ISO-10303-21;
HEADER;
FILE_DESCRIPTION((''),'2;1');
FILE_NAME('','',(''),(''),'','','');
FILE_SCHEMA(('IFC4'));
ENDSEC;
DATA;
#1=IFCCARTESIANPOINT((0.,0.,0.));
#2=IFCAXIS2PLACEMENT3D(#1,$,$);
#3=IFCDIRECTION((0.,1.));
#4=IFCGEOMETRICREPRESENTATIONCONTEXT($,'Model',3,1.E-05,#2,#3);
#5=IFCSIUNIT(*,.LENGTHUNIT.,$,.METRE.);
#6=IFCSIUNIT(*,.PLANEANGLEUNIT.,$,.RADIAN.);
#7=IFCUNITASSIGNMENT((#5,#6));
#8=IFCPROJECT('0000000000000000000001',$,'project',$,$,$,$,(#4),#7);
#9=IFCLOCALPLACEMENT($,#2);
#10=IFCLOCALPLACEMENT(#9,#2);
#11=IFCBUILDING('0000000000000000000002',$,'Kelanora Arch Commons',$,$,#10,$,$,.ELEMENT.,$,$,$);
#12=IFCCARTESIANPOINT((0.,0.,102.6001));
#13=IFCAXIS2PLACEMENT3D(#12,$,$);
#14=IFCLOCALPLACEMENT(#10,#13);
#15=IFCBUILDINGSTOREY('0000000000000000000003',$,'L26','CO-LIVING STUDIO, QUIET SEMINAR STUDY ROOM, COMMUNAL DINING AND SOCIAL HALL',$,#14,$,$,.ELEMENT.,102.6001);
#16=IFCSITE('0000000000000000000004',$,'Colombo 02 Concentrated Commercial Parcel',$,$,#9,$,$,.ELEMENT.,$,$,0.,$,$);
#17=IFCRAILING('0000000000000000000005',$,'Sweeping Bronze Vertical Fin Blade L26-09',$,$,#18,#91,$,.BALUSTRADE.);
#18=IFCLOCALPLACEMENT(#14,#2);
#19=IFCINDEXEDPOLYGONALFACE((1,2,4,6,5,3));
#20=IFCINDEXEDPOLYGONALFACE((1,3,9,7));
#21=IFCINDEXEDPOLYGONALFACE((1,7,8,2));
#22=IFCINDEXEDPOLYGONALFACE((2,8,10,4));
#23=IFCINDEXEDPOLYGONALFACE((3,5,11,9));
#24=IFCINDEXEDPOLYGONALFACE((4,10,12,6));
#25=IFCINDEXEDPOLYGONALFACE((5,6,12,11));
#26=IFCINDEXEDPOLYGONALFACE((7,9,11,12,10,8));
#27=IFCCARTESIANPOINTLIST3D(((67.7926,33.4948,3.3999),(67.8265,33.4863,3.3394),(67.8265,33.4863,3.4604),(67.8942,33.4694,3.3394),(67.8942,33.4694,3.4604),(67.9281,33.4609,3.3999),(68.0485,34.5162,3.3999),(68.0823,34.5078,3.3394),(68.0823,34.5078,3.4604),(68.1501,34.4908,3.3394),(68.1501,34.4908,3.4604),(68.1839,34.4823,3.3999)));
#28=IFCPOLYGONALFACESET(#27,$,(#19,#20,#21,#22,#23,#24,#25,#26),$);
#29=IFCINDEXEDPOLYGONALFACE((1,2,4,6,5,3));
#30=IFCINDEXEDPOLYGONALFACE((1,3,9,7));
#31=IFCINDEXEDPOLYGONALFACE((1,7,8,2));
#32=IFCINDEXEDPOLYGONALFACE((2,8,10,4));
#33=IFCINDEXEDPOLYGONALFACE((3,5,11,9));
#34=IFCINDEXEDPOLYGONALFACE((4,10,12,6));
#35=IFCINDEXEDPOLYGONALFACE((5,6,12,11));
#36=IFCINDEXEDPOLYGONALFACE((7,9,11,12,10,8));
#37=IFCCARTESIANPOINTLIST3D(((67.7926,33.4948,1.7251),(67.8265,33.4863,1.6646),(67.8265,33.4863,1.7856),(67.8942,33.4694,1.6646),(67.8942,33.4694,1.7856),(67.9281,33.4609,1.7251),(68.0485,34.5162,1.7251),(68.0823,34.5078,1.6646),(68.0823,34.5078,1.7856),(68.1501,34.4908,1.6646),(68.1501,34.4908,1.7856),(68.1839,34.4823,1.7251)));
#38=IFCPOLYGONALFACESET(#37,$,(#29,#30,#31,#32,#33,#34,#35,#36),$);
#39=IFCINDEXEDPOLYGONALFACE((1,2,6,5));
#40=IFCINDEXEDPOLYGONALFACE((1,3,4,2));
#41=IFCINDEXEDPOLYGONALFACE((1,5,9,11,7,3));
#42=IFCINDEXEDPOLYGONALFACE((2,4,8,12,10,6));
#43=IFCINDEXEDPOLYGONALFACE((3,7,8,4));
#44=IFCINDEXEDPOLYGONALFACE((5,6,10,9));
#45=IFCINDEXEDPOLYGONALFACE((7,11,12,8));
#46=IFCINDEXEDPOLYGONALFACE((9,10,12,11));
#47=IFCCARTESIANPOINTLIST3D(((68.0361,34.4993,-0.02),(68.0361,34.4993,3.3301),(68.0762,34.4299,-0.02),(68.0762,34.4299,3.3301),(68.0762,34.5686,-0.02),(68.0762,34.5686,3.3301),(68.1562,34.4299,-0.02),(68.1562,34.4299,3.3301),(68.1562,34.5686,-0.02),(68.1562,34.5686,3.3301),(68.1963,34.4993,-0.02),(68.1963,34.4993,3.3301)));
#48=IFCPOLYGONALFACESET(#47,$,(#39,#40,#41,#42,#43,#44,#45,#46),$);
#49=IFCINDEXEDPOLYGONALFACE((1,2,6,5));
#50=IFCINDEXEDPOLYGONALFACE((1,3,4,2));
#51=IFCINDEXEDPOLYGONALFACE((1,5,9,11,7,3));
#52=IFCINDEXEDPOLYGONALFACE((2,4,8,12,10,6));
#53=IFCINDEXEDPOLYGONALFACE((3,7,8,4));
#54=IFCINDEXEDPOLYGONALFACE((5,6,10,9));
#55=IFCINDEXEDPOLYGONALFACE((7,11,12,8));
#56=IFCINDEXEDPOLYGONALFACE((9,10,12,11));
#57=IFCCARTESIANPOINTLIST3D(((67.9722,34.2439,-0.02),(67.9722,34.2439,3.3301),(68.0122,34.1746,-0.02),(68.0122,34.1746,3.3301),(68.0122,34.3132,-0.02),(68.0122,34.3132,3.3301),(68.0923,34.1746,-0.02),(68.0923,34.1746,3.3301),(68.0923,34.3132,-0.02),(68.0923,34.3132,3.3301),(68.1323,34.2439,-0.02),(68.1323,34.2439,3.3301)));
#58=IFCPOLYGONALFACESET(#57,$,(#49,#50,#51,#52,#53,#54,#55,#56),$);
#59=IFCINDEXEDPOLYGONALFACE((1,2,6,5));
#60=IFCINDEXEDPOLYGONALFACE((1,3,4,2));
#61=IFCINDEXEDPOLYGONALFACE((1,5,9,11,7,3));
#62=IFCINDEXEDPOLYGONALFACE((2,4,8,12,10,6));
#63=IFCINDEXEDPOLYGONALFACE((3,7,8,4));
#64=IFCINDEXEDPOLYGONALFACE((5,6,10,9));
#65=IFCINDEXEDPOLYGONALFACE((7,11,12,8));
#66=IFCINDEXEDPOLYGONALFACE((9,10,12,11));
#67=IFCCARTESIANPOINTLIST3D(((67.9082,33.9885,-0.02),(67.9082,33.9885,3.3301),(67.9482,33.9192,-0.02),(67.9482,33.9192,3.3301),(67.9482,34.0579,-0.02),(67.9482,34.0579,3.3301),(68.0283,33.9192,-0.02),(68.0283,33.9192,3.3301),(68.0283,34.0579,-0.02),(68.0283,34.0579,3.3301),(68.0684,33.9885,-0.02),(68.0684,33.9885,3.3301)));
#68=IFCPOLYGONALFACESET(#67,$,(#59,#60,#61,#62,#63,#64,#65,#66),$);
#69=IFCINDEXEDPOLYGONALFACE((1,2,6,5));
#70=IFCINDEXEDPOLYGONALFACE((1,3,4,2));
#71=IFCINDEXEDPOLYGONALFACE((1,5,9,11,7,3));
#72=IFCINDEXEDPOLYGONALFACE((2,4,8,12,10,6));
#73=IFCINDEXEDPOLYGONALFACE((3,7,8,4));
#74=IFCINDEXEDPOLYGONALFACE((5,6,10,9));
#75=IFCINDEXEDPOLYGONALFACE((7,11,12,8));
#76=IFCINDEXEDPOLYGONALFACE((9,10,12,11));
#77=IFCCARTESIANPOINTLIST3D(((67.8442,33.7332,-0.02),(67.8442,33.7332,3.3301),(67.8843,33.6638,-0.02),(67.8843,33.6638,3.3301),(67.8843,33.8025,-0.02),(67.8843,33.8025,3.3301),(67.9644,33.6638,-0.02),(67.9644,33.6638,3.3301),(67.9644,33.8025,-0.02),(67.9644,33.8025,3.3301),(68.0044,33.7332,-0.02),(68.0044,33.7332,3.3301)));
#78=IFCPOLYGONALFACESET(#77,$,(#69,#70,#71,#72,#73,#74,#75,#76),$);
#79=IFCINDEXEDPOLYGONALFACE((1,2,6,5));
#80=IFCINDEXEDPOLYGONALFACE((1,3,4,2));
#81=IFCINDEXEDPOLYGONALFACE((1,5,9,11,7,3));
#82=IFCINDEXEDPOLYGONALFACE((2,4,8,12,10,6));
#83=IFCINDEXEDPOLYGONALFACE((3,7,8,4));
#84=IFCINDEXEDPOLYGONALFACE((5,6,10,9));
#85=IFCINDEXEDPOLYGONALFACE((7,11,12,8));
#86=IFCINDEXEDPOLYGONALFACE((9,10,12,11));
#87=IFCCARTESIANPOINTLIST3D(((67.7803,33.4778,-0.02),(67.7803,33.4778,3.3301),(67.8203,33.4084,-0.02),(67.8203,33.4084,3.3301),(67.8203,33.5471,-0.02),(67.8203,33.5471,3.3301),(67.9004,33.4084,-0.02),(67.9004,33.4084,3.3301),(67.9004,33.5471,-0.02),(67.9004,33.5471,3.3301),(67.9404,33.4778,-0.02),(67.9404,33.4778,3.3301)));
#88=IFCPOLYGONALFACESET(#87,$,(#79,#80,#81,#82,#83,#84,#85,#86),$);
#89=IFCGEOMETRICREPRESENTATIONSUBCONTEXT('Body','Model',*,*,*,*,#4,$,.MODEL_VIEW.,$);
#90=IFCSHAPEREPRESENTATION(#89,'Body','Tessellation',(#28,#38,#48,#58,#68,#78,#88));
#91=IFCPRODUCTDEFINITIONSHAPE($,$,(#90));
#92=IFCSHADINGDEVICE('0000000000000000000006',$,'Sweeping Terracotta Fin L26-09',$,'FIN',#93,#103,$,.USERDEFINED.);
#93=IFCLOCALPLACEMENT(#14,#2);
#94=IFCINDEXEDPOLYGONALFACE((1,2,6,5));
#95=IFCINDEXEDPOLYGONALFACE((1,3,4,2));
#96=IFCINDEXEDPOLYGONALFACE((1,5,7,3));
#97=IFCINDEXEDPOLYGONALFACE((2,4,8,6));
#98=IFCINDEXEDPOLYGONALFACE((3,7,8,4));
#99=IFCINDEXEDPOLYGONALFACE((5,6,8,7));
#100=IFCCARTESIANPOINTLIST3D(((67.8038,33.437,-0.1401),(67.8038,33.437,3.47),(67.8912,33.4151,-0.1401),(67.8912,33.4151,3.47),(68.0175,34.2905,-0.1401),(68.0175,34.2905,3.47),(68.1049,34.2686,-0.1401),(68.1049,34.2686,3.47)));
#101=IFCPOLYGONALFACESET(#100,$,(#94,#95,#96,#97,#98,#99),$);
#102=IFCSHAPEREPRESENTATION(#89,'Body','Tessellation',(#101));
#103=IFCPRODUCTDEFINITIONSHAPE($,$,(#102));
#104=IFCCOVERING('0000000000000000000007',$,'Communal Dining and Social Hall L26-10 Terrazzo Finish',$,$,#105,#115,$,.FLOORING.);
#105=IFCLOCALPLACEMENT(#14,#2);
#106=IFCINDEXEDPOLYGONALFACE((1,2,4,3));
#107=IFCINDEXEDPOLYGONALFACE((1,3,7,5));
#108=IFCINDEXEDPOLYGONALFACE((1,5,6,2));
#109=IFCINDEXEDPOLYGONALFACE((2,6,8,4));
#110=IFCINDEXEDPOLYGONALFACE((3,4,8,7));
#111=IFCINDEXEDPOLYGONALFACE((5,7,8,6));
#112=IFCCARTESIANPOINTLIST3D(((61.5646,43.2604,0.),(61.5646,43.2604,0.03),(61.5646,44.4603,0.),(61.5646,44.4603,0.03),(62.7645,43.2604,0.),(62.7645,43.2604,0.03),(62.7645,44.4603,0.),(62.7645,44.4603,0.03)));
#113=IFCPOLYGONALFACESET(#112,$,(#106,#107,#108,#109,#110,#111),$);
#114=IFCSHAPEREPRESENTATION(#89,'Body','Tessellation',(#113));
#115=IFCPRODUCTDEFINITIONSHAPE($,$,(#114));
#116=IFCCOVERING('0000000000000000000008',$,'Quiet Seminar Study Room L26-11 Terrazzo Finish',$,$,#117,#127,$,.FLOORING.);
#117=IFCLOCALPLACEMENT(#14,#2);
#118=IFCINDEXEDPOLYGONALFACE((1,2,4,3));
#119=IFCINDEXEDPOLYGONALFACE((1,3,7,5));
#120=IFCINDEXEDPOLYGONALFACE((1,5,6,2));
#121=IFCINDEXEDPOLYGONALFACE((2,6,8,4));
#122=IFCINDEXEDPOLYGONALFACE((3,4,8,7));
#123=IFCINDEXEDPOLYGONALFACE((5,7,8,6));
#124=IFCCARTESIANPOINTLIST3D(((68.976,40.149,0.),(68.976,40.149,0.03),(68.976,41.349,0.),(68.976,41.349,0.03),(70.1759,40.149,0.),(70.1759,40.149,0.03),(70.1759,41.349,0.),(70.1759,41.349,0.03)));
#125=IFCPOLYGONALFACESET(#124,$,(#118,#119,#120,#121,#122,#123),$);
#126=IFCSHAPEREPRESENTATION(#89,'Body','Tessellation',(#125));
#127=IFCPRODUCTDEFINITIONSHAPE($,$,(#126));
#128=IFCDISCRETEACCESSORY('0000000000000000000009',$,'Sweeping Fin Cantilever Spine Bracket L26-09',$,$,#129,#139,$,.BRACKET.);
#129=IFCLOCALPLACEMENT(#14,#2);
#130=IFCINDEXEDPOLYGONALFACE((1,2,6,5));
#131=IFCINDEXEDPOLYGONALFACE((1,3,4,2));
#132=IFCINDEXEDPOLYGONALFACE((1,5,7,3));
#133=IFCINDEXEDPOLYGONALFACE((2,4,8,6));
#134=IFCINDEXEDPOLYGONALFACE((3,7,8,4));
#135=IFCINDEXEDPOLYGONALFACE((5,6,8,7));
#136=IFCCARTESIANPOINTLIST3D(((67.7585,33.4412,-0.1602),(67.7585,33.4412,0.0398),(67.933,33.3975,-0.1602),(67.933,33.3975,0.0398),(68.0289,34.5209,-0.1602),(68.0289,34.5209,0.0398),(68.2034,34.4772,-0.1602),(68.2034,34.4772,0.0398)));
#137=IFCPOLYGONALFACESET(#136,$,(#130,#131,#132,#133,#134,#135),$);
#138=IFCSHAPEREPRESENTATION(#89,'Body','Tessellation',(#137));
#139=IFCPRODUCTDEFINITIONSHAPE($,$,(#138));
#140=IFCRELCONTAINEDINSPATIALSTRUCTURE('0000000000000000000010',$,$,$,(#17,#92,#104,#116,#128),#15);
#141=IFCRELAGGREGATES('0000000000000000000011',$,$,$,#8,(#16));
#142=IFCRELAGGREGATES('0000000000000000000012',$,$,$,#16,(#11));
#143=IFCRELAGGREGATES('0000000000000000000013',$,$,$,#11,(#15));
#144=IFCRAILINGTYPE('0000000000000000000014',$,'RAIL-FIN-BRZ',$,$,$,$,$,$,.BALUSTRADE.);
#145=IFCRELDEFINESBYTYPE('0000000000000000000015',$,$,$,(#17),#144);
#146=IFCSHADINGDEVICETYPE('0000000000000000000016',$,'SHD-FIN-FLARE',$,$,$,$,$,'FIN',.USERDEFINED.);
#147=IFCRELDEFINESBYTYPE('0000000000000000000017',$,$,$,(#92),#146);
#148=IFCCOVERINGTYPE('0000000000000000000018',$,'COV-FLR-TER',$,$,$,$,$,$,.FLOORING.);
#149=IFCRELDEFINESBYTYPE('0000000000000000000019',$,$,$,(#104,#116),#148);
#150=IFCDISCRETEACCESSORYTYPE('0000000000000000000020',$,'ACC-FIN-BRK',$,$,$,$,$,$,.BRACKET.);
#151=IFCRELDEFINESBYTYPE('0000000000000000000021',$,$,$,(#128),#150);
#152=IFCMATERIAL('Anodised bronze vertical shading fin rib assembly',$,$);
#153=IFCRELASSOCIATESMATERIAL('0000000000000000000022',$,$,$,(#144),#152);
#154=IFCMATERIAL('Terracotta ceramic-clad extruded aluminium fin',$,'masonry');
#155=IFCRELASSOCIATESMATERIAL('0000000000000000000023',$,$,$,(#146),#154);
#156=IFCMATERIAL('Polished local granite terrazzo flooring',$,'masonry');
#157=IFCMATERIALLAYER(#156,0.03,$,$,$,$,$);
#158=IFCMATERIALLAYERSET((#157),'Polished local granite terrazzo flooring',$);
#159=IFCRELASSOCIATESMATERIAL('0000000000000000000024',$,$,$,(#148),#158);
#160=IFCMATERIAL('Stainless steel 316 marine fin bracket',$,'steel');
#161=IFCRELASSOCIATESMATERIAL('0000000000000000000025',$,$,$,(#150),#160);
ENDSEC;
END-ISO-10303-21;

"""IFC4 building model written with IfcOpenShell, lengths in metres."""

from ifc_helpers import new_model, si_unit, direction, frame, origin, origin_2d, place, context, subcontext, project, spatial, polyline, rectangle, outline, extrude, source, transform, mapped, material, layer, layer_set, type_object, element, save


model = new_model("IFC4")

# Units and contexts
model_context = context("Model", 3, precision=1e-05, world=origin(), true_north=direction((0.0, 1.0)))
body_context = subcontext(model_context, "Body", "Model", "MODEL_VIEW")
ifc_project = project(units=[si_unit("LENGTHUNIT", "METRE"), si_unit("PLANEANGLEUNIT", "RADIAN")], contexts=[model_context])

# Site, building, storey
site_placement = place(None, origin())
site = spatial("IfcSite", under=ifc_project, at=site_placement, Name="Colombo 02 Concentrated Commercial Parcel", CompositionType="ELEMENT", RefElevation=0.0)
building_placement = place(site_placement, origin())
building = spatial("IfcBuilding", under=site, at=building_placement, Name="Kelanora Arch Commons", CompositionType="ELEMENT")
storey_placement = place(building_placement, frame((0.0, 0.0, 102.6001)))
storey = spatial("IfcBuildingStorey", under=building, at=storey_placement, Name="L26", Description="CO-LIVING STUDIO, QUIET SEMINAR STUDY ROOM, COMMUNAL DINING AND SOCIAL HALL", CompositionType="ELEMENT", Elevation=102.6001)

# Railing
ifc_material_1 = material(Name="Anodised bronze vertical shading fin rib assembly")
railing_type = type_object("IfcRailingType", Name="RAIL-FIN-BRZ", PredefinedType="BALUSTRADE", material=ifc_material_1)
railing_placement = place(storey_placement, frame((68.1162, 34.4993, -0.02)))
element("IfcRailing", 1, at=railing_placement, inside=storey, type_object=railing_type, Name="Sweeping Bronze Vertical Fin Blade L26-09", PredefinedType="BALUSTRADE", context=body_context, shape_type="SweptSolid", body=[
    extrude(outline(polyline([(0.0698, 0.0), (0.0349, 0.0605), (-0.0349, 0.0605), (-0.0698, 0.0), (-0.0349, -0.0605), (0.0349, -0.0605), (0.0698, 0.0)])), frame((0.0, 0.0, 3.4199), z_axis=(-0.242972, -0.970033, 0.0), x_axis=(0.970033, -0.242972, 0.0)), (0.0, 0.0, 1.0), 1.053),
    extrude(outline(polyline([(0.0698, 0.0), (0.0349, 0.0605), (-0.0349, 0.0605), (-0.0698, 0.0), (-0.0349, -0.0605), (0.0349, -0.0605), (0.0698, 0.0)])), frame((0.0, 0.0, 1.7451), z_axis=(-0.242972, -0.970033, 0.0), x_axis=(0.970033, -0.242972, 0.0)), (0.0, 0.0, 1.0), 1.053),
    extrude(outline(polyline([(0.0801, 0.0), (0.04, 0.0693), (-0.04, 0.0693), (-0.0801, 0.0), (-0.04, -0.0693), (0.04, -0.0693), (0.0801, 0.0)])), origin(), (0.0, 0.0, 1.0), 3.3501),
    extrude(outline(polyline([(0.0801, 0.0), (0.04, 0.0693), (-0.04, 0.0693), (-0.0801, 0.0), (-0.04, -0.0693), (0.04, -0.0693), (0.0801, 0.0)])), frame((-0.064, -0.2554, 0.0)), (0.0, 0.0, 1.0), 3.3501),
    extrude(outline(polyline([(0.0801, 0.0), (0.04, 0.0693), (-0.04, 0.0693), (-0.0801, 0.0), (-0.04, -0.0693), (0.04, -0.0693), (0.0801, 0.0)])), frame((-0.1279, -0.5107, 0.0)), (0.0, 0.0, 1.0), 3.3501),
    extrude(outline(polyline([(0.0801, 0.0), (0.04, 0.0693), (-0.04, 0.0693), (-0.0801, 0.0), (-0.04, -0.0693), (0.04, -0.0693), (0.0801, 0.0)])), frame((-0.1919, -0.7661, 0.0)), (0.0, 0.0, 1.0), 3.3501),
    extrude(outline(polyline([(0.0801, 0.0), (0.04, 0.0693), (-0.04, 0.0693), (-0.0801, 0.0), (-0.04, -0.0693), (0.04, -0.0693), (0.0801, 0.0)])), frame((-0.2559, -1.0215, 0.0)), (0.0, 0.0, 1.0), 3.3501),
])

# Shading device
ifc_material_2 = material(Name="Terracotta ceramic-clad extruded aluminium fin", Category="masonry")
shading_device_type = type_object("IfcShadingDeviceType", Name="SHD-FIN-FLARE", ElementType="FIN", PredefinedType="USERDEFINED", material=ifc_material_2)
shared_shape_1 = source(origin(), body_context, "Body", "SweptSolid", [
    extrude(rectangle(XDim=0.8799, YDim=0.0901, at=origin_2d()), origin(), (0.0, 0.0, 1.0), 3.6101),
])
shading_device_placement = place(storey_placement, frame((67.9543, 33.8528, -0.1401), z_axis=(0.0, 0.0, 1.0), x_axis=(-0.242938, -0.970042, 0.0)))
element("IfcShadingDevice", 2, at=shading_device_placement, inside=storey, type_object=shading_device_type, Name="Sweeping Terracotta Fin L26-09", ObjectType="FIN", PredefinedType="USERDEFINED", context=body_context, shape_type="MappedRepresentation", body=[
    mapped(shared_shape_1, transform((0.0, 0.0, 0.0), scale=1.0)),
])

# Coverings
ifc_material_3 = material(Name="Polished local granite terrazzo flooring", Category="masonry")
ifc_layer_1 = layer(ifc_material_3, 0.03)
ifc_layer_set_1 = layer_set([ifc_layer_1], Name="Polished local granite terrazzo flooring")
covering_type = type_object("IfcCoveringType", Name="COV-FLR-TER", PredefinedType="FLOORING", material=ifc_layer_set_1)
shared_shape_2 = source(origin(), body_context, "Body", "SweptSolid", [
    extrude(rectangle(XDim=1.2, YDim=1.2, at=origin_2d()), origin(), (0.0, 0.0, 1.0), 0.03),
])
for number, where, z_axis, x_axis, name in (
    (3, (62.1646, 43.8604, 0.0), (0.0, 0.0, 1.0), (1.0, 0.0, 0.0), "Communal Dining and Social Hall L26-10 Terrazzo Finish"),
    (4, (69.5759, 40.749, 0.0), (0.0, 0.0, 1.0), (1.0, 0.0, 0.0), "Quiet Seminar Study Room L26-11 Terrazzo Finish"),
):
    element("IfcCovering", number, at=place(storey_placement, frame(where, z_axis=z_axis, x_axis=x_axis)), inside=storey, type_object=covering_type, Name=name, PredefinedType="FLOORING", context=body_context, shape_type="MappedRepresentation", body=[
        mapped(shared_shape_2, transform((0.0, 0.0, 0.0), scale=1.0)),
    ])

# Discrete accessory
ifc_material_4 = material(Name="Stainless steel 316 marine fin bracket", Category="steel")
discrete_accessory_type = type_object("IfcDiscreteAccessoryType", Name="ACC-FIN-BRK", PredefinedType="BRACKET", material=ifc_material_4)
shared_shape_3 = source(origin(), body_context, "Body", "SweptSolid", [
    extrude(rectangle(XDim=1.113, YDim=0.1799, at=origin_2d()), origin(), (0.0, 0.0, 1.0), 0.2),
])
discrete_accessory_placement = place(storey_placement, frame((67.981, 33.9592, -0.1602), z_axis=(0.0, 0.0, 1.0), x_axis=(-0.242938, -0.970042, 0.0)))
element("IfcDiscreteAccessory", 5, at=discrete_accessory_placement, inside=storey, type_object=discrete_accessory_type, Name="Sweeping Fin Cantilever Spine Bracket L26-09", PredefinedType="BRACKET", context=body_context, shape_type="MappedRepresentation", body=[
    mapped(shared_shape_3, transform((0.0, 0.0, 0.0), scale=1.0)),
])

save(model, "model.ifc")
